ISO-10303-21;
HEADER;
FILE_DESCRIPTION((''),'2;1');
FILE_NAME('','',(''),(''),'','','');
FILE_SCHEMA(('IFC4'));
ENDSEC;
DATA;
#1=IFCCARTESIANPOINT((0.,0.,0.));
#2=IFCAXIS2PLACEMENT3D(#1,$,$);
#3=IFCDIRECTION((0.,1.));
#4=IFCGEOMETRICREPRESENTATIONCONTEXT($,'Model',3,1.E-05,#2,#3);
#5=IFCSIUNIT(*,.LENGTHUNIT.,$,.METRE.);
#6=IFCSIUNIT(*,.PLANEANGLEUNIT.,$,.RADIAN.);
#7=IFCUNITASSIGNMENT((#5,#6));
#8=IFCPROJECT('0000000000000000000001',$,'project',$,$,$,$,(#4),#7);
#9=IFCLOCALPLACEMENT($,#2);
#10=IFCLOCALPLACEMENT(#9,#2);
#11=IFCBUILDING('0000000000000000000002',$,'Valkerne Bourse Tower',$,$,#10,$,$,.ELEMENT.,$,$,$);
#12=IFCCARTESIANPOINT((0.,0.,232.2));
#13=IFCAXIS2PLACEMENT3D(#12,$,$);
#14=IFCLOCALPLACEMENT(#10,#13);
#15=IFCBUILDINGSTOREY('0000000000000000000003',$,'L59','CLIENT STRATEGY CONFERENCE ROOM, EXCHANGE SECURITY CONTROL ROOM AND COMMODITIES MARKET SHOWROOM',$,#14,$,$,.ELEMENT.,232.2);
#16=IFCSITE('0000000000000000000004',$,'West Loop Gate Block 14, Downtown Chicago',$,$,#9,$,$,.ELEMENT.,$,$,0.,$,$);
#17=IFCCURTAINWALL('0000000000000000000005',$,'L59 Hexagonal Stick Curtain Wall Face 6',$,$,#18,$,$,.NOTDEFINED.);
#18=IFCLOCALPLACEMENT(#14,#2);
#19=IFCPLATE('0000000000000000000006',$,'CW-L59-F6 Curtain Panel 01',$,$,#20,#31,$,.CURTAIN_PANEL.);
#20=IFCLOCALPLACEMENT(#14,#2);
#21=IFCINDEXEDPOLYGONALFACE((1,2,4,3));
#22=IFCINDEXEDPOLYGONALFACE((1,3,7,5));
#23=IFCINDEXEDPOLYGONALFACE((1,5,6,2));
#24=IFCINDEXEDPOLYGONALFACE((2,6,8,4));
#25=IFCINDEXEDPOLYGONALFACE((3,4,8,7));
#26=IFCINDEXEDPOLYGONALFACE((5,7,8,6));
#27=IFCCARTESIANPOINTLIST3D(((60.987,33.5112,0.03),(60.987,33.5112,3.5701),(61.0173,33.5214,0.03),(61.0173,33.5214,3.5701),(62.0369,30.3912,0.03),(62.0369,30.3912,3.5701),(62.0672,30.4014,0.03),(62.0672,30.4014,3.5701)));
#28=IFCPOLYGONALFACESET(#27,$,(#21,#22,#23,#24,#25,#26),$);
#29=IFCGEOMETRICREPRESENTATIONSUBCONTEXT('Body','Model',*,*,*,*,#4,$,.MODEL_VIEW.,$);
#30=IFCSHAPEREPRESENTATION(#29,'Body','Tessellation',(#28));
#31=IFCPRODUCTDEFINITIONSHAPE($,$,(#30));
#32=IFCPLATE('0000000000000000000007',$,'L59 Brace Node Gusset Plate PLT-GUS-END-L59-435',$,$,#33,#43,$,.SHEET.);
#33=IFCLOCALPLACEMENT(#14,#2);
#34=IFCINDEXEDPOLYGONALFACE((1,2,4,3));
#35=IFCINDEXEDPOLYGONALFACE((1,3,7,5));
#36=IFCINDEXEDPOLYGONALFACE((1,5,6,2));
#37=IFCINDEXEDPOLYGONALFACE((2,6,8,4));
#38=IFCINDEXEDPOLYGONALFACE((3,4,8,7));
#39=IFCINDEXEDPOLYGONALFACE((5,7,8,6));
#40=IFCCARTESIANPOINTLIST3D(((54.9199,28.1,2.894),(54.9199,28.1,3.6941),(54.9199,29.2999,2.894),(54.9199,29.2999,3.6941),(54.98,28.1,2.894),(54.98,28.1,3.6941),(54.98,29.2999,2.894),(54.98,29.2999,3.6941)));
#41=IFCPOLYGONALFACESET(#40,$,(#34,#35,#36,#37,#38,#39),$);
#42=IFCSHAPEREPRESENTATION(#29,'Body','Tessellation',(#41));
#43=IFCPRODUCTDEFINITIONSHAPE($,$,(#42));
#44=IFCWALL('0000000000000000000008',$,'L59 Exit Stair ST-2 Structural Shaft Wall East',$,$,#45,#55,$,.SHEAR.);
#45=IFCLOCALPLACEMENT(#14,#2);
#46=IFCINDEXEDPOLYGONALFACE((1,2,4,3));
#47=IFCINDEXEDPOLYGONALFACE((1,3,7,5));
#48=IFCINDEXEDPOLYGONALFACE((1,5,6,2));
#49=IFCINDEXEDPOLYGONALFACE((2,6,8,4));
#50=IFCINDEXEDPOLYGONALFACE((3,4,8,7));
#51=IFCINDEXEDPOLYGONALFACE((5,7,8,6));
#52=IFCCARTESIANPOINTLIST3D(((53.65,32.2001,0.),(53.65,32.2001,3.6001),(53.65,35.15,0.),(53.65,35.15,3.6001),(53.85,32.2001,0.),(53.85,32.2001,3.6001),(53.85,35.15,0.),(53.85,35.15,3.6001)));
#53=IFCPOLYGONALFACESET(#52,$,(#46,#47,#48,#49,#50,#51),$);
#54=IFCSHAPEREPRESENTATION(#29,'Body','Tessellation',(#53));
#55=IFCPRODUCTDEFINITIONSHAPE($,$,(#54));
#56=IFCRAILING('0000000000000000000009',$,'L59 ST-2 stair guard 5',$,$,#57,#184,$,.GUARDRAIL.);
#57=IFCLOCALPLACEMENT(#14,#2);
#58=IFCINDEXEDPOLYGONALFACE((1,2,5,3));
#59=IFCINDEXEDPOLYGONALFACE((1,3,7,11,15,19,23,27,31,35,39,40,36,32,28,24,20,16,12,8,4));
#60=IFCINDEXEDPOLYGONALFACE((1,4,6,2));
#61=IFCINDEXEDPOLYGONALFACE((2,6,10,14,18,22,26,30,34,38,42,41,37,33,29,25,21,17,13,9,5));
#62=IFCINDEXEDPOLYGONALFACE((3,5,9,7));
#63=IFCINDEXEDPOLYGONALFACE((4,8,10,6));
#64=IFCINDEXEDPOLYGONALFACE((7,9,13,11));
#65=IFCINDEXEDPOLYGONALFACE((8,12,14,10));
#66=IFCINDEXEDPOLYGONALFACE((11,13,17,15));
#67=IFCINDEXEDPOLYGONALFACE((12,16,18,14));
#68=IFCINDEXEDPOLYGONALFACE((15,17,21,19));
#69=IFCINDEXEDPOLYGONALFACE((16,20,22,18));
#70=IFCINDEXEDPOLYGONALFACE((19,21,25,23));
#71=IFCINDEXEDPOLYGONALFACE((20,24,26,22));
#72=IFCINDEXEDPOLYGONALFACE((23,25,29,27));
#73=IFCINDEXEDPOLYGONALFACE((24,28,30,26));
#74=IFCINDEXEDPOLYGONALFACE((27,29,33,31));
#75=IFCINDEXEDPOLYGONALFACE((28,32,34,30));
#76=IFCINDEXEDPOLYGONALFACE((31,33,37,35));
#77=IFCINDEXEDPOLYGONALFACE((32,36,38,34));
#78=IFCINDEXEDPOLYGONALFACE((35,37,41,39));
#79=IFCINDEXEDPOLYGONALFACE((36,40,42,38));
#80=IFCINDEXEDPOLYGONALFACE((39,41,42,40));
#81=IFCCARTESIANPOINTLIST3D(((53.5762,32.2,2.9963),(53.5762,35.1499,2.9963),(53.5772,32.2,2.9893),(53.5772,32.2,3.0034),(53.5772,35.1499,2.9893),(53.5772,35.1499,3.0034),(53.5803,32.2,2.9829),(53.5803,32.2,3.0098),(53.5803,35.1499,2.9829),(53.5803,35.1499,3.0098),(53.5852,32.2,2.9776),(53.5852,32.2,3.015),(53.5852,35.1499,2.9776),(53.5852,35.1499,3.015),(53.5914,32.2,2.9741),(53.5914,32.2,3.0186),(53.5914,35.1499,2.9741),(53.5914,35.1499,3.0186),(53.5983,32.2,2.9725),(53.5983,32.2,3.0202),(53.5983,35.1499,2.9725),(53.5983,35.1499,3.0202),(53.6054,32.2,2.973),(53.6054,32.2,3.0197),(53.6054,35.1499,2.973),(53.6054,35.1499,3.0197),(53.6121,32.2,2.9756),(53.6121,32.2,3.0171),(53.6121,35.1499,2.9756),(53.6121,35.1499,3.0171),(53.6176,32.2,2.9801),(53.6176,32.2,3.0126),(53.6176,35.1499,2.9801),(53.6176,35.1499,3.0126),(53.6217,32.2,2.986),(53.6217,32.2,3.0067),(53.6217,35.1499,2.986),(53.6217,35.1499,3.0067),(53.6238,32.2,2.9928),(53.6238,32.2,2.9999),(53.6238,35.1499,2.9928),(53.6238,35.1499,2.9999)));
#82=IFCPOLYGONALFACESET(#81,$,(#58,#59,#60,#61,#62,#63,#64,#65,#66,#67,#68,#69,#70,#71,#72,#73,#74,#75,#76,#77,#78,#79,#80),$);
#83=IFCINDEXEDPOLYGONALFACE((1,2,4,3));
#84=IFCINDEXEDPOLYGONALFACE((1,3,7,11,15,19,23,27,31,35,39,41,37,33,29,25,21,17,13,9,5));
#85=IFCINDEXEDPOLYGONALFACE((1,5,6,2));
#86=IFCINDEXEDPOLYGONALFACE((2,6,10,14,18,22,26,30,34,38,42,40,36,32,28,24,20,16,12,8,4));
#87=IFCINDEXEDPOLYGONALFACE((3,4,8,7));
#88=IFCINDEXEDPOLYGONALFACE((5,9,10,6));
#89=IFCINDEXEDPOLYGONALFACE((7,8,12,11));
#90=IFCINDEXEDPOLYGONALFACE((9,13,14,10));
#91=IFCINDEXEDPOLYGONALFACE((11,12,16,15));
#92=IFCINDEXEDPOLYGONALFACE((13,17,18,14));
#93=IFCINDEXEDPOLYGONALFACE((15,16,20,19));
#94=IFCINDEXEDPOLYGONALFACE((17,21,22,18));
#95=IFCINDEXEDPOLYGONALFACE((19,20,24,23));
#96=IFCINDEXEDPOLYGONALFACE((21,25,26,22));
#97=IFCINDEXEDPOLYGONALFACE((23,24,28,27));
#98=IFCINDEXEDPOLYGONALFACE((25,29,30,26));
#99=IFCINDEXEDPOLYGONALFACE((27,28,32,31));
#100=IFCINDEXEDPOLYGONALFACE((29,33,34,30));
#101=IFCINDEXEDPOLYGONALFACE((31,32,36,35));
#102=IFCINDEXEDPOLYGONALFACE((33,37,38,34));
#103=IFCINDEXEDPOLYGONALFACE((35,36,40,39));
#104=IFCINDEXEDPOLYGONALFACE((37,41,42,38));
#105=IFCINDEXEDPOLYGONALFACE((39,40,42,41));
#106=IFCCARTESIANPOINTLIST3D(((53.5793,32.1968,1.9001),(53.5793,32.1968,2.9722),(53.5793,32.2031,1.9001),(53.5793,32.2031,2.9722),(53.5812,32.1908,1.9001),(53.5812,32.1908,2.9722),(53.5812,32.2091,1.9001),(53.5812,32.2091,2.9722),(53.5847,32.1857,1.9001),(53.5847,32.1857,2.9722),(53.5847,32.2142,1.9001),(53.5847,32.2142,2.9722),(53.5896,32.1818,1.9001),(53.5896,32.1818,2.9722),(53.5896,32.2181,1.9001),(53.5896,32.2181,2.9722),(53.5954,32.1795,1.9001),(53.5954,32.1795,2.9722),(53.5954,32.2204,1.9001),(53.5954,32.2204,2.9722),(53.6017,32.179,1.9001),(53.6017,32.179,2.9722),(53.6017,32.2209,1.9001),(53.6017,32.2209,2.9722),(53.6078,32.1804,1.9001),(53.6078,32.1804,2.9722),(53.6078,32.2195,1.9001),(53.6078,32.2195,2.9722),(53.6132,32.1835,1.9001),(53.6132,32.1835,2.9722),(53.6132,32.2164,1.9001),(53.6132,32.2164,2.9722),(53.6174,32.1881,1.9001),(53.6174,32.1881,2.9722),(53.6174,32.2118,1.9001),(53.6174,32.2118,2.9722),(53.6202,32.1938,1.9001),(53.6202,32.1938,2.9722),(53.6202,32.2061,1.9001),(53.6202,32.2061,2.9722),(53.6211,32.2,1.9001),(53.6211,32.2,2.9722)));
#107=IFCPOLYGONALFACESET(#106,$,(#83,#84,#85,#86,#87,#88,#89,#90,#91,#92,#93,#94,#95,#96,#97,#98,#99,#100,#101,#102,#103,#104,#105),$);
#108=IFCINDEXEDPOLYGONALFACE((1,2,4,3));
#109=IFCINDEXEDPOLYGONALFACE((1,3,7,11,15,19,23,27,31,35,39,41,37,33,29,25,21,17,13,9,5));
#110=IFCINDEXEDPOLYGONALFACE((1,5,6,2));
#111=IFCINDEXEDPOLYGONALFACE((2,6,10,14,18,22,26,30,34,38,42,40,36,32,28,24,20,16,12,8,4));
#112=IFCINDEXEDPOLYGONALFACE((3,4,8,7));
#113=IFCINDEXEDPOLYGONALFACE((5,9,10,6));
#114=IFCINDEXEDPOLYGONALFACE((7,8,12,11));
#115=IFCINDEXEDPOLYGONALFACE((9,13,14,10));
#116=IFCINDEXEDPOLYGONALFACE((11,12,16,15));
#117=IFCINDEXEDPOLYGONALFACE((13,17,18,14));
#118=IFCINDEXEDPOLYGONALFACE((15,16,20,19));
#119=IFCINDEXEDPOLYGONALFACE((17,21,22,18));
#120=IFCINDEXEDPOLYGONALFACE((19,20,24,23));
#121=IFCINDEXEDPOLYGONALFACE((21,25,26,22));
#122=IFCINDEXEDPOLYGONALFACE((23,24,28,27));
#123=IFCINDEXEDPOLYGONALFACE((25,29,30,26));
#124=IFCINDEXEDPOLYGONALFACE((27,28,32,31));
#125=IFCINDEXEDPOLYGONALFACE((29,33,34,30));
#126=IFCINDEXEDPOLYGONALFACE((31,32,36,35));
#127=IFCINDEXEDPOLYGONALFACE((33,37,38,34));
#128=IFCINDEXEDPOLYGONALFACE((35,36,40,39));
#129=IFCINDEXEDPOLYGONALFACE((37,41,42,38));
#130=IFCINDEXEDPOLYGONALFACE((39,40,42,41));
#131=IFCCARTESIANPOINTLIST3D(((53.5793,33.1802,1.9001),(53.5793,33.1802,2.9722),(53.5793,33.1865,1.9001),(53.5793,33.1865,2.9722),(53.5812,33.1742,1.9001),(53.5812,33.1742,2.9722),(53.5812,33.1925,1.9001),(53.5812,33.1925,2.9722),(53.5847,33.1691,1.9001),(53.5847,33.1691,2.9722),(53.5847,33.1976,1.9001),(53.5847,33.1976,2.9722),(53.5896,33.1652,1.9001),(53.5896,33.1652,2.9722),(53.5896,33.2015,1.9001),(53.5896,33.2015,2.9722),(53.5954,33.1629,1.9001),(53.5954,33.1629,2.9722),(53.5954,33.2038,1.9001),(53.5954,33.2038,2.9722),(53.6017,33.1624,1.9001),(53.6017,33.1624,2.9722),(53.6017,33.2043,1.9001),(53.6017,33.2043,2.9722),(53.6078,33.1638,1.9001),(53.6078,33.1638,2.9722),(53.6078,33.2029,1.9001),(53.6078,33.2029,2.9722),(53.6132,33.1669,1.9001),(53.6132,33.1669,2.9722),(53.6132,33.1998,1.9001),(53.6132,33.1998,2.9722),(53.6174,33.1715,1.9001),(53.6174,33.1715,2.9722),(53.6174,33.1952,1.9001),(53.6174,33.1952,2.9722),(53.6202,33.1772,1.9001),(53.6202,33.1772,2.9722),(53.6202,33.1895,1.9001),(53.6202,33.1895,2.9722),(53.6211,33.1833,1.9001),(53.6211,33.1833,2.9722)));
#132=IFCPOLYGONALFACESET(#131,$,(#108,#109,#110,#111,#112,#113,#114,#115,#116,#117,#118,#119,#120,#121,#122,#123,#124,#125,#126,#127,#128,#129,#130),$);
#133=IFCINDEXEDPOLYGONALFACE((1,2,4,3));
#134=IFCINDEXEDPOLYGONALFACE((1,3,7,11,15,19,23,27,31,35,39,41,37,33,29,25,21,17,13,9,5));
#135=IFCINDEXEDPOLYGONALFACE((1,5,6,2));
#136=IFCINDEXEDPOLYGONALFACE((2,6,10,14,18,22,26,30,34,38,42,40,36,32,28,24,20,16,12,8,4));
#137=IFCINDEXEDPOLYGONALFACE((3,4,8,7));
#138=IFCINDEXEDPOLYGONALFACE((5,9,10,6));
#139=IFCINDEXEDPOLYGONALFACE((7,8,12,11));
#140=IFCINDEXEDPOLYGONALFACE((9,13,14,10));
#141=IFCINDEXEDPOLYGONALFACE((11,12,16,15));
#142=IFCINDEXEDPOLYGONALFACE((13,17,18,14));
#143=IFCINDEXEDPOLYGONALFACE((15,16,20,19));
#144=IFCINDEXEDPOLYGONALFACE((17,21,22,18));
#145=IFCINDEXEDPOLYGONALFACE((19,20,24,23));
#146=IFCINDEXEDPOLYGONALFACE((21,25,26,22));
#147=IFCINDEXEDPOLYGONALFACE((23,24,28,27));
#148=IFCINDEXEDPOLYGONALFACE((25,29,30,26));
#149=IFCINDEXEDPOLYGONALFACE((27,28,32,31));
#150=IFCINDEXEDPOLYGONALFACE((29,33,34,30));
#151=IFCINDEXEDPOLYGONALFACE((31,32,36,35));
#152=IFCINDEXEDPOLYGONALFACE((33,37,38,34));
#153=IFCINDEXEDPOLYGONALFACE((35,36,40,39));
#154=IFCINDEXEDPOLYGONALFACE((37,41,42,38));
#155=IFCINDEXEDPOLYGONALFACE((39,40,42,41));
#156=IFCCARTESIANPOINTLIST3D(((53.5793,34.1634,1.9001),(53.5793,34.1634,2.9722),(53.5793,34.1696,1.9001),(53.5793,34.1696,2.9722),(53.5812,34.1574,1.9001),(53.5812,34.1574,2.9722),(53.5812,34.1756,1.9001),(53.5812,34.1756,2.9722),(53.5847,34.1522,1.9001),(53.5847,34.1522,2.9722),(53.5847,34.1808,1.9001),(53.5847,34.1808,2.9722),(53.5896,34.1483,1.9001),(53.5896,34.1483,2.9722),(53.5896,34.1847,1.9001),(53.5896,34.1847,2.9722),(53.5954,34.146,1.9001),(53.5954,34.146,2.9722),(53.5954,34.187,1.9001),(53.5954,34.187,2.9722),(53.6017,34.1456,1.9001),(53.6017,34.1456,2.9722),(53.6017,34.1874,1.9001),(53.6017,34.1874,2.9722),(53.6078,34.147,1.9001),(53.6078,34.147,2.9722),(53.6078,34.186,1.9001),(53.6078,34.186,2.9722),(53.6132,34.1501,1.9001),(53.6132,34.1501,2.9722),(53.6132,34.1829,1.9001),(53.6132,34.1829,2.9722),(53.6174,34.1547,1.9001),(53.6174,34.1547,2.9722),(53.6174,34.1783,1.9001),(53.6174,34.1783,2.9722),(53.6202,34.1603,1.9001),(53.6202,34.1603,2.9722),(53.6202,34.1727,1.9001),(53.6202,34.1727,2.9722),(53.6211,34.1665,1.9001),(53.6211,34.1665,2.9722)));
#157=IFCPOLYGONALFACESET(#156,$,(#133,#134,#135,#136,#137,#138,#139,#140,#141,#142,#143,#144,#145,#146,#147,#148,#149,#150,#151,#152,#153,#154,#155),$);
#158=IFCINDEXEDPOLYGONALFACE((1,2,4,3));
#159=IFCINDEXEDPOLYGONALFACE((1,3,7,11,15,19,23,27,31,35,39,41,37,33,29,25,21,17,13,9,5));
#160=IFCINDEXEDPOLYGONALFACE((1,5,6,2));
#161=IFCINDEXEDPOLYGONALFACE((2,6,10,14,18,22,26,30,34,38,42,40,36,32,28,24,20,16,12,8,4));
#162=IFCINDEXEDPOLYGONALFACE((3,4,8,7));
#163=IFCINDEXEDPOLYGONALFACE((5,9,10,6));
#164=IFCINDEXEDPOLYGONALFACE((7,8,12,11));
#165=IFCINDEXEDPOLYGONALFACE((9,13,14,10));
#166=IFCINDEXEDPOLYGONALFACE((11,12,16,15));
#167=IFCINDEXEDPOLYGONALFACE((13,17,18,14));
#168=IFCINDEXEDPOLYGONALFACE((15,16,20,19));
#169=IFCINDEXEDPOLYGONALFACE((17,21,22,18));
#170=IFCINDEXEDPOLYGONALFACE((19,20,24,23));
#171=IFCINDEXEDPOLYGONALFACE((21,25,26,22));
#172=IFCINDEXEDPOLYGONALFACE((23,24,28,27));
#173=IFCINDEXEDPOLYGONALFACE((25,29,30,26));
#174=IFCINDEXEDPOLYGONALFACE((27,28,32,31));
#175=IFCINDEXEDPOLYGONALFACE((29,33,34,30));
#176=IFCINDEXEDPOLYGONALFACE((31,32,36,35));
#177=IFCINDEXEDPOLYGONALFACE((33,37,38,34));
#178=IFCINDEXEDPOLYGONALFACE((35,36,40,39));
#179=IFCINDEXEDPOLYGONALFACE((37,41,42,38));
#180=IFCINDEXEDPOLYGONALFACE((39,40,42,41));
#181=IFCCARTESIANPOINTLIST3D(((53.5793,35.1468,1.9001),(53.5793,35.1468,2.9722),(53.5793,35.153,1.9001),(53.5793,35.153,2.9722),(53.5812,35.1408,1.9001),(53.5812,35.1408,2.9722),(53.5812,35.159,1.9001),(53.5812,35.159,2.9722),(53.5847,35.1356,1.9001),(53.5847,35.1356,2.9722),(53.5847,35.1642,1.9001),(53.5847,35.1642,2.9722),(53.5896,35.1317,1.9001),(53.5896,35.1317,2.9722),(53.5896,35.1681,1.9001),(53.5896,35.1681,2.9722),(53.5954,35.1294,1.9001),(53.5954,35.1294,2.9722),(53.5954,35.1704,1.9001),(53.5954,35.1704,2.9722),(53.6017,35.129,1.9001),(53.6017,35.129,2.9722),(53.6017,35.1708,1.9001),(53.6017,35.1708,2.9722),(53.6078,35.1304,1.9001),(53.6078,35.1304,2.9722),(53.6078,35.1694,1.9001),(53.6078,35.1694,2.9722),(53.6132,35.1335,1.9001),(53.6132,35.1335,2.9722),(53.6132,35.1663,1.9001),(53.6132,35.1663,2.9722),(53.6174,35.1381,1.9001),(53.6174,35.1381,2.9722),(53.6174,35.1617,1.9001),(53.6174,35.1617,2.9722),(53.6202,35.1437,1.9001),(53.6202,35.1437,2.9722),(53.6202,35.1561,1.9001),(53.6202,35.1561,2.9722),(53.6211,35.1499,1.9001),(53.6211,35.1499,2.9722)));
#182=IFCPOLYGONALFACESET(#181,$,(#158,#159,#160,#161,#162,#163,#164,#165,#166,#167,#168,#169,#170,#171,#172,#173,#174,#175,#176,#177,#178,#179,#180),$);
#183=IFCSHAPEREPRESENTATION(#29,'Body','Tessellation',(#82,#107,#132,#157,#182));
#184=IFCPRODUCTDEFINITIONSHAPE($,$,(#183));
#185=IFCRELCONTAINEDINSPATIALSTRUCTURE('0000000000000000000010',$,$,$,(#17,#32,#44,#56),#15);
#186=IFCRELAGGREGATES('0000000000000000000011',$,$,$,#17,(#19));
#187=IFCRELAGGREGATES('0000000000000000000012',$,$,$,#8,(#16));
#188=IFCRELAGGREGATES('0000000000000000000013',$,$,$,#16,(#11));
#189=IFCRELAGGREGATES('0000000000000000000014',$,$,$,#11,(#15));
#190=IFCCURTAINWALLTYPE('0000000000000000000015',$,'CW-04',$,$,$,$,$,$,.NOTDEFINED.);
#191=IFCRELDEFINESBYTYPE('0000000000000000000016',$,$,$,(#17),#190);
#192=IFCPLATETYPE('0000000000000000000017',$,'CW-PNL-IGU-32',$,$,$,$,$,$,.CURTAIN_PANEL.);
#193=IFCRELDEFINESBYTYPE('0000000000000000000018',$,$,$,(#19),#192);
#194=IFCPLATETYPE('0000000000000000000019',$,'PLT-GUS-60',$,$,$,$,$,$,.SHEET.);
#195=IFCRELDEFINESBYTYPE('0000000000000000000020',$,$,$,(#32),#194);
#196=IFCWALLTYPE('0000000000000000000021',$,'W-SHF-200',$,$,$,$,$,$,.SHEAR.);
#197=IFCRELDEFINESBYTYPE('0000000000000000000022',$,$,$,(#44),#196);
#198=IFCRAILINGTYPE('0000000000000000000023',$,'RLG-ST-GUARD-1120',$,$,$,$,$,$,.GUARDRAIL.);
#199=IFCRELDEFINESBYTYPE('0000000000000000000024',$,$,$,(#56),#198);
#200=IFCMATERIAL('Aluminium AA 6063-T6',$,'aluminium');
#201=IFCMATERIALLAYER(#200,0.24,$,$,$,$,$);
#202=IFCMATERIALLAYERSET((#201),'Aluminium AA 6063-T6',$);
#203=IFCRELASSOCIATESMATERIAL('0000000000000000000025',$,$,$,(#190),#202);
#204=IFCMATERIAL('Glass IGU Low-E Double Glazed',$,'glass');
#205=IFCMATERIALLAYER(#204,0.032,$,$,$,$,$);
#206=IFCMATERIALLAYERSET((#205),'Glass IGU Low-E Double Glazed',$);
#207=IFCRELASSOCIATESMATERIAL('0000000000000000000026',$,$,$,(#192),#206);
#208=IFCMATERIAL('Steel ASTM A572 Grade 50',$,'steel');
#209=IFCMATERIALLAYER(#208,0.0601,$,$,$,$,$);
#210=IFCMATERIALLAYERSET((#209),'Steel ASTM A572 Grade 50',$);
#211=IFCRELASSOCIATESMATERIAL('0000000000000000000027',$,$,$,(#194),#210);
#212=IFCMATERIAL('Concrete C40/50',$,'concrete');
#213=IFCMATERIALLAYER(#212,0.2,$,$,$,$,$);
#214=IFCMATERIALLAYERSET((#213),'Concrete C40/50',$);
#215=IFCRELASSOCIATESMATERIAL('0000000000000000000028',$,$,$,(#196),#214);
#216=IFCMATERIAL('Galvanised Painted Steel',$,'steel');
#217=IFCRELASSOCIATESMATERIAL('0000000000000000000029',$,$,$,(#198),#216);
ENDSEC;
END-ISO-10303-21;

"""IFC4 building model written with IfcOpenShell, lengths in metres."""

from ifc_helpers import new_model, si_unit, direction, frame, frame_2d, origin, origin_2d, place, context, subcontext, project, spatial, rectangle, circle, extrude, material, layer, layer_set, type_object, element, aggregate, save


model = new_model("IFC4")

# Units and contexts
model_context = context("Model", 3, precision=1e-05, world=origin(), true_north=direction((0.0, 1.0)))
body_context = subcontext(model_context, "Body", "Model", "MODEL_VIEW")
ifc_project = project(units=[si_unit("LENGTHUNIT", "METRE"), si_unit("PLANEANGLEUNIT", "RADIAN")], contexts=[model_context])

# Site, building, storey
site_placement = place(None, origin())
site = spatial("IfcSite", under=ifc_project, at=site_placement, Name="West Loop Gate Block 14, Downtown Chicago", CompositionType="ELEMENT", RefElevation=0.0)
building_placement = place(site_placement, origin())
building = spatial("IfcBuilding", under=site, at=building_placement, Name="Valkerne Bourse Tower", CompositionType="ELEMENT")
storey_placement = place(building_placement, frame((0.0, 0.0, 232.2)))
storey = spatial("IfcBuildingStorey", under=building, at=storey_placement, Name="L59", Description="CLIENT STRATEGY CONFERENCE ROOM, EXCHANGE SECURITY CONTROL ROOM AND COMMODITIES MARKET SHOWROOM", CompositionType="ELEMENT", Elevation=232.2)

# Curtain wall
ifc_material_1 = material(Name="Aluminium AA 6063-T6", Category="aluminium")
ifc_layer_1 = layer(ifc_material_1, 0.24)
ifc_layer_set_1 = layer_set([ifc_layer_1], Name="Aluminium AA 6063-T6")
curtain_wall_type = type_object("IfcCurtainWallType", Name="CW-04", PredefinedType="NOTDEFINED", material=ifc_layer_set_1)
curtain_wall_placement = place(storey_placement, origin())
curtain_wall = element("IfcCurtainWall", 1, at=curtain_wall_placement, inside=storey, type_object=curtain_wall_type, Name="L59 Hexagonal Stick Curtain Wall Face 6", PredefinedType="NOTDEFINED")

# Plates
ifc_material_2 = material(Name="Glass IGU Low-E Double Glazed", Category="glass")
ifc_layer_2 = layer(ifc_material_2, 0.032)
ifc_layer_set_2 = layer_set([ifc_layer_2], Name="Glass IGU Low-E Double Glazed")
plate_type_1 = type_object("IfcPlateType", Name="CW-PNL-IGU-32", PredefinedType="CURTAIN_PANEL", material=ifc_layer_set_2)
plate_1_placement = place(storey_placement, frame((61.5271, 31.9563, 0.03), z_axis=(0.0, 0.0, 1.0), x_axis=(-0.318947, 0.947772, 0.0)))
plate_1 = element("IfcPlate", 2, at=plate_1_placement, type_object=plate_type_1, Name="CW-L59-F6 Curtain Panel 01", PredefinedType="CURTAIN_PANEL", context=body_context, shape_type="SweptSolid", body=[
    extrude(rectangle(XDim=3.292, YDim=0.032, at=origin_2d()), origin(), (0.0, 0.0, 1.0), 3.54),
])
aggregate(curtain_wall, [plate_1])
ifc_material_3 = material(Name="Steel ASTM A572 Grade 50", Category="steel")
ifc_layer_3 = layer(ifc_material_3, 0.0601)
ifc_layer_set_3 = layer_set([ifc_layer_3], Name="Steel ASTM A572 Grade 50")
plate_type_2 = type_object("IfcPlateType", Name="PLT-GUS-60", PredefinedType="SHEET", material=ifc_layer_set_3)
plate_2_placement = place(storey_placement, frame((54.95, 28.7, 2.894), z_axis=(0.0, 0.0, 1.0), x_axis=(0.0, 1.0, 0.0)))
element("IfcPlate", 3, at=plate_2_placement, inside=storey, type_object=plate_type_2, Name="L59 Brace Node Gusset Plate PLT-GUS-END-L59-435", PredefinedType="SHEET", context=body_context, shape_type="SweptSolid", body=[
    extrude(rectangle(XDim=1.2, YDim=0.0601, at=origin_2d()), origin(), (0.0, 0.0, 1.0), 0.8),
])

# Wall
ifc_material_4 = material(Name="Concrete C40/50", Category="concrete")
ifc_layer_4 = layer(ifc_material_4, 0.2)
ifc_layer_set_4 = layer_set([ifc_layer_4], Name="Concrete C40/50")
wall_type = type_object("IfcWallType", Name="W-SHF-200", PredefinedType="SHEAR", material=ifc_layer_set_4)
wall_placement = place(storey_placement, frame((53.75, 32.2, 0.0), z_axis=(0.0, 0.0, 1.0), x_axis=(0.0, 1.0, 0.0)))
element("IfcWall", 4, at=wall_placement, inside=storey, type_object=wall_type, Name="L59 Exit Stair ST-2 Structural Shaft Wall East", PredefinedType="SHEAR", context=body_context, shape_type="SweptSolid", body=[
    extrude(rectangle(XDim=2.95, YDim=0.2, at=frame_2d((1.4751, 0.0))), origin(), (0.0, 0.0, 1.0), 3.6001),
])

# Railing
ifc_material_5 = material(Name="Galvanised Painted Steel", Category="steel")
railing_type = type_object("IfcRailingType", Name="RLG-ST-GUARD-1120", PredefinedType="GUARDRAIL", material=ifc_material_5)
railing_1_placement = place(storey_placement, frame((53.6001, 32.2, 1.9001)))
element("IfcRailing", 5, at=railing_1_placement, inside=storey, type_object=railing_type, Name="L59 ST-2 stair guard 5", PredefinedType="GUARDRAIL", context=body_context, shape_type="SweptSolid", body=[
    extrude(circle(Radius=0.0239, at=origin_2d()), frame((0.0, 0.0, 1.0962), z_axis=(0.0, 1.0, 0.0), x_axis=(-1.0, 0.0, 0.0)), (0.0, 0.0, 1.0), 2.95),
    extrude(circle(Radius=0.021, at=origin_2d()), origin(), (0.0, 0.0, 1.0), 1.072),
    extrude(circle(Radius=0.021, at=origin_2d()), frame((0.0, 0.9834, 0.0)), (0.0, 0.0, 1.0), 1.072),
    extrude(circle(Radius=0.021, at=origin_2d()), frame((0.0, 1.9666, 0.0)), (0.0, 0.0, 1.0), 1.072),
    extrude(circle(Radius=0.021, at=origin_2d()), frame((0.0, 2.95, 0.0)), (0.0, 0.0, 1.0), 1.072),
])

save(model, "model.ifc")
